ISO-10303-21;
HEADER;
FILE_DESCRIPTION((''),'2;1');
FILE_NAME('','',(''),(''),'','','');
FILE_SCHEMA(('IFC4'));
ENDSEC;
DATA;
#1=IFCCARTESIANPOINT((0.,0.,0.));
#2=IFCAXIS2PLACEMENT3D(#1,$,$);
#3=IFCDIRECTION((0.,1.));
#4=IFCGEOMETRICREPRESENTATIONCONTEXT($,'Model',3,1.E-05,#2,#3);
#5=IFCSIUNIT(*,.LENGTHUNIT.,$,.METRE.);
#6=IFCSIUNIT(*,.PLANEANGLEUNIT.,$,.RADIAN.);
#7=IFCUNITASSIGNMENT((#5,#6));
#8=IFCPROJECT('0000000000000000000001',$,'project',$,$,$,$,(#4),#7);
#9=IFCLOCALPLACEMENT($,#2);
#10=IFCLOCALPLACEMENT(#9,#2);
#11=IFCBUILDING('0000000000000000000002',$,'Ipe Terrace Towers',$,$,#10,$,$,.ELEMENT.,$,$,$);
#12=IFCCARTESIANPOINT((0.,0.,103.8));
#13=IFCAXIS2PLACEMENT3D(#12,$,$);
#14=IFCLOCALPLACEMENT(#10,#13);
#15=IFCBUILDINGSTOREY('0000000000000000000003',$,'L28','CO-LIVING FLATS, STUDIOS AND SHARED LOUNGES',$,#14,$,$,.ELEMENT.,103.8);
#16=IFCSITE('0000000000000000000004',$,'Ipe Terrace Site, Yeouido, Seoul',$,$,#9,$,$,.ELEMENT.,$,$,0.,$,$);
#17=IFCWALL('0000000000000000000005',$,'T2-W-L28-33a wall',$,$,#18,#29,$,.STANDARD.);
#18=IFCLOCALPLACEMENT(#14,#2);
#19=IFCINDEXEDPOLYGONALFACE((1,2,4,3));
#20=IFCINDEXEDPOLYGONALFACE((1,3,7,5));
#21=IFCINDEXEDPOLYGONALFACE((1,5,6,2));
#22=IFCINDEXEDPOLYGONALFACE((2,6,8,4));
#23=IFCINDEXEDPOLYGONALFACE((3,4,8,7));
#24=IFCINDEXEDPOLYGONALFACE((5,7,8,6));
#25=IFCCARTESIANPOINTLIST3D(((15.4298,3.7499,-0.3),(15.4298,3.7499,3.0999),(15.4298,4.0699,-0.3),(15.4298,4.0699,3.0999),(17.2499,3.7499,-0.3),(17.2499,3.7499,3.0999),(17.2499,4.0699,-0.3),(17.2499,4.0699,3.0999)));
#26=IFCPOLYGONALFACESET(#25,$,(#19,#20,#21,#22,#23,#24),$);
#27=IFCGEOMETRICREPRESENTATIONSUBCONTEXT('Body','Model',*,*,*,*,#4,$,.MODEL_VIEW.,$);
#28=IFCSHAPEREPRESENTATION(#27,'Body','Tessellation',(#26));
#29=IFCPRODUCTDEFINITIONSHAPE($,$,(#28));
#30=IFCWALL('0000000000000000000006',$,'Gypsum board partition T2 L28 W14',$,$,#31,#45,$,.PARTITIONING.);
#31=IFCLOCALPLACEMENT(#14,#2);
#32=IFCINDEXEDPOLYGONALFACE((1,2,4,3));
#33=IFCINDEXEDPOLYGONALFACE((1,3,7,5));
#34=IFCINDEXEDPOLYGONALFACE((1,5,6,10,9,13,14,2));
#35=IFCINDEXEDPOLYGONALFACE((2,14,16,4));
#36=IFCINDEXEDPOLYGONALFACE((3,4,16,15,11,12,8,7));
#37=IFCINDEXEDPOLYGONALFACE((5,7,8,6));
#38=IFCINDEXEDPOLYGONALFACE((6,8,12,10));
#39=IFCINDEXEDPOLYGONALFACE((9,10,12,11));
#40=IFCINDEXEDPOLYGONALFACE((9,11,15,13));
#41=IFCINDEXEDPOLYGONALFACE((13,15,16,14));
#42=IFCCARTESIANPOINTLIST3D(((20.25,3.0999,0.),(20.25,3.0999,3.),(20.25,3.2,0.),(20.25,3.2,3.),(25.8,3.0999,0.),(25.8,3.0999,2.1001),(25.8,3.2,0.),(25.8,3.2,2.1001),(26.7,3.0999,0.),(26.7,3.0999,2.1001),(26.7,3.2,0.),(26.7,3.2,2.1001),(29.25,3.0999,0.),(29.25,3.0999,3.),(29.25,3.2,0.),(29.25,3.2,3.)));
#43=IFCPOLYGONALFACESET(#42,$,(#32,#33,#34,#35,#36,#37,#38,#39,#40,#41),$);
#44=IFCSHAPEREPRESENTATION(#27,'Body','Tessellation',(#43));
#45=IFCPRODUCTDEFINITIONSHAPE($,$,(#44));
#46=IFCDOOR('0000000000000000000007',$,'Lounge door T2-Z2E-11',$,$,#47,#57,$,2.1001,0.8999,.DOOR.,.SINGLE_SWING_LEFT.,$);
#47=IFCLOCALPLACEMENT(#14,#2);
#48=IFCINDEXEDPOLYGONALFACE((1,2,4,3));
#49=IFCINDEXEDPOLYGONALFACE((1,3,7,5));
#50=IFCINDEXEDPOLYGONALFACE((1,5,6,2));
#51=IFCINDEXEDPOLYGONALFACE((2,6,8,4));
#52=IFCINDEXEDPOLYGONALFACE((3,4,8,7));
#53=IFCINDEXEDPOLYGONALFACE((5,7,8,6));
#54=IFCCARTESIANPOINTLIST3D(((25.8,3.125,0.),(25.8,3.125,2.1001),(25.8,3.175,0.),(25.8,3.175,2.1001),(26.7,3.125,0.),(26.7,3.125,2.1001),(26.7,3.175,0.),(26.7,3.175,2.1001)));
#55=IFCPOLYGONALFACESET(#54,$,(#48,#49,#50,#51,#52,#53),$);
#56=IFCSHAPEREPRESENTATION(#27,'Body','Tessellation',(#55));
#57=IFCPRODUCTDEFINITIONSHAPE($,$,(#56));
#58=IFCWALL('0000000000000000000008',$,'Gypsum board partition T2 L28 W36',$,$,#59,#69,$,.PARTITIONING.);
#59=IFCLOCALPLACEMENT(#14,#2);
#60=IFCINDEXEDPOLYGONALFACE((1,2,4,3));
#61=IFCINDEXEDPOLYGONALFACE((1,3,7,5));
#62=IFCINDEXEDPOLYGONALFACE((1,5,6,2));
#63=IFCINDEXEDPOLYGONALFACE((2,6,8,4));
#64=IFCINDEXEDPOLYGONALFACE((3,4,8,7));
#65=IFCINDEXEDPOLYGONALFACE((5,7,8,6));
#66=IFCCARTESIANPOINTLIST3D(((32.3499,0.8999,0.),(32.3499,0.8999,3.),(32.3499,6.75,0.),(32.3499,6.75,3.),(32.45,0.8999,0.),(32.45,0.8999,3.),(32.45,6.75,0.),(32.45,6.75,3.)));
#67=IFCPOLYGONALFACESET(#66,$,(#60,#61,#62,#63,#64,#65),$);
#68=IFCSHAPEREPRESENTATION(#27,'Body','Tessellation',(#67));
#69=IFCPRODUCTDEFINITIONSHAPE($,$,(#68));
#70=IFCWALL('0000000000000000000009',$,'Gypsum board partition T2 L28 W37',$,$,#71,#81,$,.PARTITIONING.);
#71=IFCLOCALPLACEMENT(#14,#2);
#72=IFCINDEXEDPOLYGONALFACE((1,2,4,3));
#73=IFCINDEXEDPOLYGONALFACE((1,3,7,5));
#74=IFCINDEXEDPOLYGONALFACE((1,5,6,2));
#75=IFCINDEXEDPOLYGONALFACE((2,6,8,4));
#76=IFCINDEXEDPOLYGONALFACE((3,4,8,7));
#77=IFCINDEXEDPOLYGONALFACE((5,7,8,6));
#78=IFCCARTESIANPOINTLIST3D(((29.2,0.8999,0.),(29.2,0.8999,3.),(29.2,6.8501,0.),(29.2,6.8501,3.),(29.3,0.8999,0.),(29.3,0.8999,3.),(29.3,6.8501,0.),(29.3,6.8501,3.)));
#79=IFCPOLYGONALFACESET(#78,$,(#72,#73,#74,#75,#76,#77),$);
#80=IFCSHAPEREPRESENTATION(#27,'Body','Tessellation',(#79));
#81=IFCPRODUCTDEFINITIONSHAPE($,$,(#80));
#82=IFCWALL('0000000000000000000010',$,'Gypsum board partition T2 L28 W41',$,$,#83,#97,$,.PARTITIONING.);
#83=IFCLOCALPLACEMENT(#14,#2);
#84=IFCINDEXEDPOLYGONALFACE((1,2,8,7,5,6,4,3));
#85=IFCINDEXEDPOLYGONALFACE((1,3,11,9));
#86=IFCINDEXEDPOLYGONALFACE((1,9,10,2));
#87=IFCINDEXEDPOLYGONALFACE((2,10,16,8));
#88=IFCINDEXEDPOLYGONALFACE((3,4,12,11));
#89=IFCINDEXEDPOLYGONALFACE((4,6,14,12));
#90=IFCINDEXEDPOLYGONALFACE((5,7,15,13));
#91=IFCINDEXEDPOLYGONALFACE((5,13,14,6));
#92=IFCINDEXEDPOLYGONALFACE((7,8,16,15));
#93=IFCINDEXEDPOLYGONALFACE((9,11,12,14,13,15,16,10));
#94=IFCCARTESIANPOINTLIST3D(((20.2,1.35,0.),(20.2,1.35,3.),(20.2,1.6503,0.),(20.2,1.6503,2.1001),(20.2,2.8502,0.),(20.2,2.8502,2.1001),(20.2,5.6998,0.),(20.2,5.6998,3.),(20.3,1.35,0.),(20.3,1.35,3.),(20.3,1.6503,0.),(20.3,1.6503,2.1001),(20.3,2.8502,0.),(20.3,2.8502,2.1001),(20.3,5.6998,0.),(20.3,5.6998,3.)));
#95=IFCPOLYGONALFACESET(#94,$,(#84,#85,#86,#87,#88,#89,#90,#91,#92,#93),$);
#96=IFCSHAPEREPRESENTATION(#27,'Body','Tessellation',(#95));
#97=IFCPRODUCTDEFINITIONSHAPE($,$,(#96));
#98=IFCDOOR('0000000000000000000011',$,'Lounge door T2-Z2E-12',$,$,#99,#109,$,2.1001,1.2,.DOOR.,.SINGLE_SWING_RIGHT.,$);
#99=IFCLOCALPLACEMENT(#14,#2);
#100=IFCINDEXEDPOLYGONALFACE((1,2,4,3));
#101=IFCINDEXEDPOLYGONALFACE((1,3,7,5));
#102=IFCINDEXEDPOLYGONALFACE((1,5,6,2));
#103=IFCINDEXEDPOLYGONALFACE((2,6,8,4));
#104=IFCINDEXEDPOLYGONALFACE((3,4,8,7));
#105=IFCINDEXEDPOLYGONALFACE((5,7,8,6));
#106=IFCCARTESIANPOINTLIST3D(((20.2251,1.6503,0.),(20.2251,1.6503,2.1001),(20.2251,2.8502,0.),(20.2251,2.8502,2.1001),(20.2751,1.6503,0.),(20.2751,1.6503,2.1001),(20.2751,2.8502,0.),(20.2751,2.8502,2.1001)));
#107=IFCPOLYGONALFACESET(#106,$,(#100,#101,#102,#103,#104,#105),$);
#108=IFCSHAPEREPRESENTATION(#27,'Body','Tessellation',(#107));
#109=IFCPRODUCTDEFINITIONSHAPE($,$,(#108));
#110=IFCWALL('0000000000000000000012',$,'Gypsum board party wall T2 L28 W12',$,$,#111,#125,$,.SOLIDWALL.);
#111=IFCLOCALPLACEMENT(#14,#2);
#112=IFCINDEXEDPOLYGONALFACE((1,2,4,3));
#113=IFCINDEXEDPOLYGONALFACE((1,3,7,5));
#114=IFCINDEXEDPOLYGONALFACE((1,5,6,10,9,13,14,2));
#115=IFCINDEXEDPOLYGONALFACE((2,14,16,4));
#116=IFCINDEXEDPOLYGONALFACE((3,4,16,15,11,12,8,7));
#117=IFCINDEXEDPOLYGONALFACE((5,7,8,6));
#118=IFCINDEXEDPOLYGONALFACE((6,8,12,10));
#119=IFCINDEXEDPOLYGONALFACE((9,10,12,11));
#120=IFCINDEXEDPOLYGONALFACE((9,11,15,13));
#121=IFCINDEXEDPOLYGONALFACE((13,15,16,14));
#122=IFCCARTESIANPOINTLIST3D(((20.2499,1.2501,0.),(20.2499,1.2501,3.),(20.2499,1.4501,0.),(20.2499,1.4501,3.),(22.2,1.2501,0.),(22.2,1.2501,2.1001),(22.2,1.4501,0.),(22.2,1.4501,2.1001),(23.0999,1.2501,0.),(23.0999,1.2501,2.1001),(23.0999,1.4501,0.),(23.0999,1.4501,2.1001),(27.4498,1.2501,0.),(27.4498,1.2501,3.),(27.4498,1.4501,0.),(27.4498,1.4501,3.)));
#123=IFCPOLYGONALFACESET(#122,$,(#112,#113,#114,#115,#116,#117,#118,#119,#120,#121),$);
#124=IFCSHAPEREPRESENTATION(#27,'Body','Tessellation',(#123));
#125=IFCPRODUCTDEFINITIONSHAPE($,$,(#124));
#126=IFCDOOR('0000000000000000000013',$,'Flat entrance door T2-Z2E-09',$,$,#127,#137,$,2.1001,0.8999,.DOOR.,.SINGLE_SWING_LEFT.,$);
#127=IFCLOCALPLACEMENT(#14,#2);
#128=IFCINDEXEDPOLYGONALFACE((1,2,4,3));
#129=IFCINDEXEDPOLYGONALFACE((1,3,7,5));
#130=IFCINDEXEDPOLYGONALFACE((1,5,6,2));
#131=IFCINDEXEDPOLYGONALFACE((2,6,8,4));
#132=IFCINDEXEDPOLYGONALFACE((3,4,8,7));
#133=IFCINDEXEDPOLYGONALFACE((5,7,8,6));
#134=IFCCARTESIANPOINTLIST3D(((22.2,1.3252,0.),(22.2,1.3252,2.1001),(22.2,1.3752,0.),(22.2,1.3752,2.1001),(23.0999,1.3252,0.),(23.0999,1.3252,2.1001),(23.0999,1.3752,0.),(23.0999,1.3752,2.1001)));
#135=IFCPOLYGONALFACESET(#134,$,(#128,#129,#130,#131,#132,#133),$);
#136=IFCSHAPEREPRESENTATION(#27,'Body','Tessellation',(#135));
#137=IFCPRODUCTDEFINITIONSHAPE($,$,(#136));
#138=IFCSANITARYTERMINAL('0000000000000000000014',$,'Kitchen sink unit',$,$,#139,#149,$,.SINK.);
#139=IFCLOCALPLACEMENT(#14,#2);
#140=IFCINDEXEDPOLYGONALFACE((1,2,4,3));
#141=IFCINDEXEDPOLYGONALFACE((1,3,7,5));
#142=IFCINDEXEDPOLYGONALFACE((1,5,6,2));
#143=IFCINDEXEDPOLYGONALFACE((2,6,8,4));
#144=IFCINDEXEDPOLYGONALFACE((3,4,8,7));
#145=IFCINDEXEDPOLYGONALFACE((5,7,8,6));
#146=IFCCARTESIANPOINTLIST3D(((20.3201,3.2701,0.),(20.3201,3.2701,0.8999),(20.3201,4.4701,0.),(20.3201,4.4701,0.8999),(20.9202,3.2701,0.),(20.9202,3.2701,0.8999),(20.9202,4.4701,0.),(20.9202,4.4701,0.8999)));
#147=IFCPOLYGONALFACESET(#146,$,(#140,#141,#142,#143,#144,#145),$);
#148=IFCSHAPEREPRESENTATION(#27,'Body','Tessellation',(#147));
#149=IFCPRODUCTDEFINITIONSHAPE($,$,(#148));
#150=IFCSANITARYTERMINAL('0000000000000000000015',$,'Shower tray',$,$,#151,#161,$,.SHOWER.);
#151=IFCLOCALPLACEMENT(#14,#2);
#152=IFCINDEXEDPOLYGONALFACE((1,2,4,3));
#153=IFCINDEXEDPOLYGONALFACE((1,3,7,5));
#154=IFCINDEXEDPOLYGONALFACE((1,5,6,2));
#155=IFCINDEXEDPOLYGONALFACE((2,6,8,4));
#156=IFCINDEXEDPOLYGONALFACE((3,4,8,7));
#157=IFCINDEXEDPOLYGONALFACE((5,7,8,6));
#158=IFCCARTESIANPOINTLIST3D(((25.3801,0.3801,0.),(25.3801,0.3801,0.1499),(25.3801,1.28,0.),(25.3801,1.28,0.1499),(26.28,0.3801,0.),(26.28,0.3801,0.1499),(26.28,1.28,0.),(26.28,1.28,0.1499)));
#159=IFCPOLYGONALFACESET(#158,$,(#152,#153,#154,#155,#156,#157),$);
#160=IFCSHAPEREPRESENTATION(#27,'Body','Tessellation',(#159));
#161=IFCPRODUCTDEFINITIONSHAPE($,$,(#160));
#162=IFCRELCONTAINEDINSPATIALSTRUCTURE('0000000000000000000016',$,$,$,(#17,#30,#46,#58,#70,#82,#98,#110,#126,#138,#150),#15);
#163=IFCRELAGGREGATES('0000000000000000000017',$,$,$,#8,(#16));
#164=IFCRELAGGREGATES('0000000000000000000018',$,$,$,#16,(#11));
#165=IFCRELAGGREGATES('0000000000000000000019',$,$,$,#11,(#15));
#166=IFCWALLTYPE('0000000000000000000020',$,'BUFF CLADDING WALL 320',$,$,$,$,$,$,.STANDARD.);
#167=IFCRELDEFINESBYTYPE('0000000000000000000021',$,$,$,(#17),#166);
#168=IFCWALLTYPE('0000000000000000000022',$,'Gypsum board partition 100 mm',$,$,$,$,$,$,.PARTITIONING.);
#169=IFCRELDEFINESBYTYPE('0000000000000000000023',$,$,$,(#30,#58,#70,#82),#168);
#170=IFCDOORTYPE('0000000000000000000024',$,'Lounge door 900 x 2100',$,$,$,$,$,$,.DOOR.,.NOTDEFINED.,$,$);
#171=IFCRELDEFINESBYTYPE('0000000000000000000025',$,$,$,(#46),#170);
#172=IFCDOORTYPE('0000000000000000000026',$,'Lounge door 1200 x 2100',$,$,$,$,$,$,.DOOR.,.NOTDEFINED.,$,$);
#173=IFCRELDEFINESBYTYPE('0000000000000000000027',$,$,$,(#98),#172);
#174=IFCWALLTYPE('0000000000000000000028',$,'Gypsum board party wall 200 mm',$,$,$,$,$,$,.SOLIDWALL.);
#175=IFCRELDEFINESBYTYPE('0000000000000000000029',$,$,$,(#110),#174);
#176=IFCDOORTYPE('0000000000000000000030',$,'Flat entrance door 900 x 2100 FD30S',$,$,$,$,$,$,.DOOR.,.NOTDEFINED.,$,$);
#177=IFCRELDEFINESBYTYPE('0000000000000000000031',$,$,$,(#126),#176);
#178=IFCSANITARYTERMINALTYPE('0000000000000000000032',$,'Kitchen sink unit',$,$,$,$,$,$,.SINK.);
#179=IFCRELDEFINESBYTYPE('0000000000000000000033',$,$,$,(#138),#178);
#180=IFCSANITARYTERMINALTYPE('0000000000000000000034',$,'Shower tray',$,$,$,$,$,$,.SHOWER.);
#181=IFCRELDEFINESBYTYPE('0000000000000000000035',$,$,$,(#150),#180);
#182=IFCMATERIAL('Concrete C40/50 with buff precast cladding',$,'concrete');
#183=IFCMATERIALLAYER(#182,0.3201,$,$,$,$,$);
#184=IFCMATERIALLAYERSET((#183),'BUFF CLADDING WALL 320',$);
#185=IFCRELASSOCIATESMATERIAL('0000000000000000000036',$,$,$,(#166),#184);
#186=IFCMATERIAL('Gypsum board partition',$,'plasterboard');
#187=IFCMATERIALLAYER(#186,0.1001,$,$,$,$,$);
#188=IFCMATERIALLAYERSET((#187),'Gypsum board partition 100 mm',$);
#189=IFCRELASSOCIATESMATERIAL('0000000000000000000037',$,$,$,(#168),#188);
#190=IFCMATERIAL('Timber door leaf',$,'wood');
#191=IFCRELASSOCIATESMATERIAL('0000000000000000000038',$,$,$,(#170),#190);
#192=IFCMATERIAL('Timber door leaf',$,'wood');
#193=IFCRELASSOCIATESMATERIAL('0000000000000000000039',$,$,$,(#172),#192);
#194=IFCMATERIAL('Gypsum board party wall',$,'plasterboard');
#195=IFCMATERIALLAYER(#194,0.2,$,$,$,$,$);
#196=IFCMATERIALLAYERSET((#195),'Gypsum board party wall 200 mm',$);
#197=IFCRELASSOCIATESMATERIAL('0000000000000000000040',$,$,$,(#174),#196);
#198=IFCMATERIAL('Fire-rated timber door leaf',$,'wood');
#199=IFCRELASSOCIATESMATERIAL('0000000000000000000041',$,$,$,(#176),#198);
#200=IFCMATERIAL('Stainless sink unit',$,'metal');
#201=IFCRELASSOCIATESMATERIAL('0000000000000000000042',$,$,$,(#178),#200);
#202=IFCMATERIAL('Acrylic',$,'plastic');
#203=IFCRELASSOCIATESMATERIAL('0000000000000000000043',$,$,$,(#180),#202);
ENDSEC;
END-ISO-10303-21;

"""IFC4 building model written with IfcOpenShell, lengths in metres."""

from ifc_helpers import new_model, si_unit, direction, frame, frame_2d, origin, origin_2d, place, context, subcontext, project, spatial, rectangle, extrude, material, layer, layer_set, type_object, element, fill, save


model = new_model("IFC4")

# Units and contexts
model_context = context("Model", 3, precision=1e-05, world=origin(), true_north=direction((0.0, 1.0)))
body_context = subcontext(model_context, "Body", "Model", "MODEL_VIEW")
ifc_project = project(units=[si_unit("LENGTHUNIT", "METRE"), si_unit("PLANEANGLEUNIT", "RADIAN")], contexts=[model_context])

# Site, building, storey
site_placement = place(None, origin())
site = spatial("IfcSite", under=ifc_project, at=site_placement, Name="Ipe Terrace Site, Yeouido, Seoul", CompositionType="ELEMENT", RefElevation=0.0)
building_placement = place(site_placement, origin())
building = spatial("IfcBuilding", under=site, at=building_placement, Name="Ipe Terrace Towers", CompositionType="ELEMENT")
storey_placement = place(building_placement, frame((0.0, 0.0, 103.8)))
storey = spatial("IfcBuildingStorey", under=building, at=storey_placement, Name="L28", Description="CO-LIVING FLATS, STUDIOS AND SHARED LOUNGES", CompositionType="ELEMENT", Elevation=103.8)

# Wall
ifc_material_1 = material(Name="Concrete C40/50 with buff precast cladding", Category="concrete")
ifc_layer_1 = layer(ifc_material_1, 0.3201)
ifc_layer_set_1 = layer_set([ifc_layer_1], Name="BUFF CLADDING WALL 320")
wall_type_1 = type_object("IfcWallType", Name="BUFF CLADDING WALL 320", PredefinedType="STANDARD", material=ifc_layer_set_1)
wall_1_placement = place(storey_placement, frame((17.25, 3.9099, -0.3), z_axis=(0.0, 0.0, 1.0), x_axis=(-1.0, 0.0, 0.0)))
element("IfcWall", 1, at=wall_1_placement, inside=storey, type_object=wall_type_1, Name="T2-W-L28-33a wall", PredefinedType="STANDARD", context=body_context, shape_type="SweptSolid", body=[
    extrude(rectangle(XDim=1.8201, YDim=0.3201, at=frame_2d((0.9102, 0.0))), origin(), (0.0, 0.0, 1.0), 3.3999),
])

# Wall, opening, door
ifc_material_2 = material(Name="Gypsum board partition", Category="plasterboard")
ifc_layer_2 = layer(ifc_material_2, 0.1001)
ifc_layer_set_2 = layer_set([ifc_layer_2], Name="Gypsum board partition 100 mm")
wall_type_2 = type_object("IfcWallType", Name="Gypsum board partition 100 mm", PredefinedType="PARTITIONING", material=ifc_layer_set_2)
wall_2_placement = place(storey_placement, frame((29.25, 3.1499, 0.0), z_axis=(0.0, 0.0, 1.0), x_axis=(-1.0, 0.0, 0.0)))
wall_2 = element("IfcWall", 2, at=wall_2_placement, inside=storey, type_object=wall_type_2, Name="Gypsum board partition T2 L28 W14", PredefinedType="PARTITIONING", context=body_context, shape_type="SweptSolid", body=[
    extrude(rectangle(XDim=9.0, YDim=0.1001, at=frame_2d((4.5, 0.0))), origin(), (0.0, 0.0, 1.0), 3.0),
])
opening_1_placement = place(wall_2_placement, frame((2.55, 0.0, 0.0)))
opening_1 = element("IfcOpeningElement", 3, at=opening_1_placement, cuts=wall_2, PredefinedType="OPENING", context=body_context, shape_type="SweptSolid", body=[
    extrude(rectangle(XDim=0.8999, YDim=2.1001, at=frame_2d((0.45, 1.05))), frame((0.0, 0.0601, 0.0), z_axis=(0.0, -1.0, 0.0), x_axis=(1.0, 0.0, 0.0)), (0.0, 0.0, 1.0), 0.1201),
])
ifc_material_3 = material(Name="Timber door leaf", Category="wood")
door_type_1 = type_object("IfcDoorType", Name="Lounge door 900 x 2100", OperationType="NOTDEFINED", PredefinedType="DOOR", material=ifc_material_3)
door_1_placement = place(opening_1_placement, origin())
door_1 = element("IfcDoor", 4, at=door_1_placement, inside=storey, type_object=door_type_1, Name="Lounge door T2-Z2E-11", OperationType="SINGLE_SWING_LEFT", OverallHeight=2.1001, OverallWidth=0.8999, PredefinedType="DOOR", context=body_context, shape_type="SweptSolid", body=[
    extrude(rectangle(XDim=0.8999, YDim=2.1001, at=frame_2d((0.45, 1.05))), frame((0.0, 0.0249, 0.0), z_axis=(0.0, -1.0, 0.0), x_axis=(1.0, 0.0, 0.0)), (0.0, 0.0, 1.0), 0.05),
])
fill(opening_1, door_1)

# Walls
wall_3_placement = place(storey_placement, frame((32.3999, 0.8999, 0.0), z_axis=(0.0, 0.0, 1.0), x_axis=(0.0, 1.0, 0.0)))
element("IfcWall", 5, at=wall_3_placement, inside=storey, type_object=wall_type_2, Name="Gypsum board partition T2 L28 W36", PredefinedType="PARTITIONING", context=body_context, shape_type="SweptSolid", body=[
    extrude(rectangle(XDim=5.8501, YDim=0.1001, at=frame_2d((2.925, 0.0))), origin(), (0.0, 0.0, 1.0), 3.0),
])
wall_4_placement = place(storey_placement, frame((29.25, 0.8999, 0.0), z_axis=(0.0, 0.0, 1.0), x_axis=(0.0, 1.0, 0.0)))
element("IfcWall", 6, at=wall_4_placement, inside=storey, type_object=wall_type_2, Name="Gypsum board partition T2 L28 W37", PredefinedType="PARTITIONING", context=body_context, shape_type="SweptSolid", body=[
    extrude(rectangle(XDim=5.9502, YDim=0.1001, at=frame_2d((2.9751, 0.0))), origin(), (0.0, 0.0, 1.0), 3.0),
])

# Walls, openings, doors
wall_5_placement = place(storey_placement, frame((20.25, 1.3501, 0.0), z_axis=(0.0, 0.0, 1.0), x_axis=(0.0, 1.0, 0.0)))
wall_5 = element("IfcWall", 7, at=wall_5_placement, inside=storey, type_object=wall_type_2, Name="Gypsum board partition T2 L28 W41", PredefinedType="PARTITIONING", context=body_context, shape_type="SweptSolid", body=[
    extrude(rectangle(XDim=4.3499, YDim=0.1001, at=frame_2d((2.1748, 0.0))), origin(), (0.0, 0.0, 1.0), 3.0),
])
opening_2_placement = place(wall_5_placement, frame((0.3, 0.0, 0.0)))
opening_2 = element("IfcOpeningElement", 8, at=opening_2_placement, cuts=wall_5, PredefinedType="OPENING", context=body_context, shape_type="SweptSolid", body=[
    extrude(rectangle(XDim=1.2, YDim=2.1001, at=frame_2d((0.6001, 1.05))), frame((0.0, 0.0601, 0.0), z_axis=(0.0, -1.0, 0.0), x_axis=(1.0, 0.0, 0.0)), (0.0, 0.0, 1.0), 0.1201),
])
ifc_material_4 = material(Name="Timber door leaf", Category="wood")
door_type_2 = type_object("IfcDoorType", Name="Lounge door 1200 x 2100", OperationType="NOTDEFINED", PredefinedType="DOOR", material=ifc_material_4)
door_2_placement = place(opening_2_placement, origin())
door_2 = element("IfcDoor", 9, at=door_2_placement, inside=storey, type_object=door_type_2, Name="Lounge door T2-Z2E-12", OperationType="SINGLE_SWING_RIGHT", OverallHeight=2.1001, OverallWidth=1.2, PredefinedType="DOOR", context=body_context, shape_type="SweptSolid", body=[
    extrude(rectangle(XDim=1.2, YDim=2.1001, at=frame_2d((0.6001, 1.05))), frame((0.0, 0.0249, 0.0), z_axis=(0.0, -1.0, 0.0), x_axis=(1.0, 0.0, 0.0)), (0.0, 0.0, 1.0), 0.05),
])
fill(opening_2, door_2)
ifc_material_5 = material(Name="Gypsum board party wall", Category="plasterboard")
ifc_layer_3 = layer(ifc_material_5, 0.2)
ifc_layer_set_3 = layer_set([ifc_layer_3], Name="Gypsum board party wall 200 mm")
wall_type_3 = type_object("IfcWallType", Name="Gypsum board party wall 200 mm", PredefinedType="SOLIDWALL", material=ifc_layer_set_3)
wall_6_placement = place(storey_placement, frame((27.45, 1.3501, 0.0), z_axis=(0.0, 0.0, 1.0), x_axis=(-1.0, 0.0, 0.0)))
wall_6 = element("IfcWall", 10, at=wall_6_placement, inside=storey, type_object=wall_type_3, Name="Gypsum board party wall T2 L28 W12", PredefinedType="SOLIDWALL", context=body_context, shape_type="SweptSolid", body=[
    extrude(rectangle(XDim=7.2, YDim=0.2, at=frame_2d((3.6001, 0.0))), origin(), (0.0, 0.0, 1.0), 3.0),
])
opening_3_placement = place(wall_6_placement, frame((4.3501, 0.0, 0.0)))
opening_3 = element("IfcOpeningElement", 11, at=opening_3_placement, cuts=wall_6, PredefinedType="OPENING", context=body_context, shape_type="SweptSolid", body=[
    extrude(rectangle(XDim=0.8999, YDim=2.1001, at=frame_2d((0.45, 1.05))), frame((0.0, 0.1099, 0.0), z_axis=(0.0, -1.0, 0.0), x_axis=(1.0, 0.0, 0.0)), (0.0, 0.0, 1.0), 0.22),
])
ifc_material_6 = material(Name="Fire-rated timber door leaf", Category="wood")
door_type_3 = type_object("IfcDoorType", Name="Flat entrance door 900 x 2100 FD30S", OperationType="NOTDEFINED", PredefinedType="DOOR", material=ifc_material_6)
door_3_placement = place(opening_3_placement, origin())
door_3 = element("IfcDoor", 12, at=door_3_placement, inside=storey, type_object=door_type_3, Name="Flat entrance door T2-Z2E-09", OperationType="SINGLE_SWING_LEFT", OverallHeight=2.1001, OverallWidth=0.8999, PredefinedType="DOOR", context=body_context, shape_type="SweptSolid", body=[
    extrude(rectangle(XDim=0.8999, YDim=2.1001, at=frame_2d((0.45, 1.05))), frame((0.0, 0.0249, 0.0), z_axis=(0.0, -1.0, 0.0), x_axis=(1.0, 0.0, 0.0)), (0.0, 0.0, 1.0), 0.05),
])
fill(opening_3, door_3)

# Sanitary terminals
ifc_material_7 = material(Name="Stainless sink unit", Category="metal")
sanitary_terminal_type_1 = type_object("IfcSanitaryTerminalType", Name="Kitchen sink unit", PredefinedType="SINK", material=ifc_material_7)
sanitary_terminal_1_placement = place(storey_placement, frame((20.6201, 3.8701, 0.0), z_axis=(0.0, 0.0, 1.0), x_axis=(0.0, 1.0, 0.0)))
element("IfcSanitaryTerminal", 13, at=sanitary_terminal_1_placement, inside=storey, type_object=sanitary_terminal_type_1, Name="Kitchen sink unit", PredefinedType="SINK", context=body_context, shape_type="SweptSolid", body=[
    extrude(rectangle(XDim=1.2, YDim=0.6001, at=origin_2d()), origin(), (0.0, 0.0, 1.0), 0.8999),
])
ifc_material_8 = material(Name="Acrylic", Category="plastic")
sanitary_terminal_type_2 = type_object("IfcSanitaryTerminalType", Name="Shower tray", PredefinedType="SHOWER", material=ifc_material_8)
sanitary_terminal_2_placement = place(storey_placement, frame((25.8301, 0.8301, 0.0), z_axis=(0.0, 0.0, 1.0), x_axis=(0.0, -1.0, 0.0)))
element("IfcSanitaryTerminal", 14, at=sanitary_terminal_2_placement, inside=storey, type_object=sanitary_terminal_type_2, Name="Shower tray", PredefinedType="SHOWER", context=body_context, shape_type="SweptSolid", body=[
    extrude(rectangle(XDim=0.8999, YDim=0.8999, at=origin_2d()), origin(), (0.0, 0.0, 1.0), 0.1499),
])

save(model, "model.ifc")
